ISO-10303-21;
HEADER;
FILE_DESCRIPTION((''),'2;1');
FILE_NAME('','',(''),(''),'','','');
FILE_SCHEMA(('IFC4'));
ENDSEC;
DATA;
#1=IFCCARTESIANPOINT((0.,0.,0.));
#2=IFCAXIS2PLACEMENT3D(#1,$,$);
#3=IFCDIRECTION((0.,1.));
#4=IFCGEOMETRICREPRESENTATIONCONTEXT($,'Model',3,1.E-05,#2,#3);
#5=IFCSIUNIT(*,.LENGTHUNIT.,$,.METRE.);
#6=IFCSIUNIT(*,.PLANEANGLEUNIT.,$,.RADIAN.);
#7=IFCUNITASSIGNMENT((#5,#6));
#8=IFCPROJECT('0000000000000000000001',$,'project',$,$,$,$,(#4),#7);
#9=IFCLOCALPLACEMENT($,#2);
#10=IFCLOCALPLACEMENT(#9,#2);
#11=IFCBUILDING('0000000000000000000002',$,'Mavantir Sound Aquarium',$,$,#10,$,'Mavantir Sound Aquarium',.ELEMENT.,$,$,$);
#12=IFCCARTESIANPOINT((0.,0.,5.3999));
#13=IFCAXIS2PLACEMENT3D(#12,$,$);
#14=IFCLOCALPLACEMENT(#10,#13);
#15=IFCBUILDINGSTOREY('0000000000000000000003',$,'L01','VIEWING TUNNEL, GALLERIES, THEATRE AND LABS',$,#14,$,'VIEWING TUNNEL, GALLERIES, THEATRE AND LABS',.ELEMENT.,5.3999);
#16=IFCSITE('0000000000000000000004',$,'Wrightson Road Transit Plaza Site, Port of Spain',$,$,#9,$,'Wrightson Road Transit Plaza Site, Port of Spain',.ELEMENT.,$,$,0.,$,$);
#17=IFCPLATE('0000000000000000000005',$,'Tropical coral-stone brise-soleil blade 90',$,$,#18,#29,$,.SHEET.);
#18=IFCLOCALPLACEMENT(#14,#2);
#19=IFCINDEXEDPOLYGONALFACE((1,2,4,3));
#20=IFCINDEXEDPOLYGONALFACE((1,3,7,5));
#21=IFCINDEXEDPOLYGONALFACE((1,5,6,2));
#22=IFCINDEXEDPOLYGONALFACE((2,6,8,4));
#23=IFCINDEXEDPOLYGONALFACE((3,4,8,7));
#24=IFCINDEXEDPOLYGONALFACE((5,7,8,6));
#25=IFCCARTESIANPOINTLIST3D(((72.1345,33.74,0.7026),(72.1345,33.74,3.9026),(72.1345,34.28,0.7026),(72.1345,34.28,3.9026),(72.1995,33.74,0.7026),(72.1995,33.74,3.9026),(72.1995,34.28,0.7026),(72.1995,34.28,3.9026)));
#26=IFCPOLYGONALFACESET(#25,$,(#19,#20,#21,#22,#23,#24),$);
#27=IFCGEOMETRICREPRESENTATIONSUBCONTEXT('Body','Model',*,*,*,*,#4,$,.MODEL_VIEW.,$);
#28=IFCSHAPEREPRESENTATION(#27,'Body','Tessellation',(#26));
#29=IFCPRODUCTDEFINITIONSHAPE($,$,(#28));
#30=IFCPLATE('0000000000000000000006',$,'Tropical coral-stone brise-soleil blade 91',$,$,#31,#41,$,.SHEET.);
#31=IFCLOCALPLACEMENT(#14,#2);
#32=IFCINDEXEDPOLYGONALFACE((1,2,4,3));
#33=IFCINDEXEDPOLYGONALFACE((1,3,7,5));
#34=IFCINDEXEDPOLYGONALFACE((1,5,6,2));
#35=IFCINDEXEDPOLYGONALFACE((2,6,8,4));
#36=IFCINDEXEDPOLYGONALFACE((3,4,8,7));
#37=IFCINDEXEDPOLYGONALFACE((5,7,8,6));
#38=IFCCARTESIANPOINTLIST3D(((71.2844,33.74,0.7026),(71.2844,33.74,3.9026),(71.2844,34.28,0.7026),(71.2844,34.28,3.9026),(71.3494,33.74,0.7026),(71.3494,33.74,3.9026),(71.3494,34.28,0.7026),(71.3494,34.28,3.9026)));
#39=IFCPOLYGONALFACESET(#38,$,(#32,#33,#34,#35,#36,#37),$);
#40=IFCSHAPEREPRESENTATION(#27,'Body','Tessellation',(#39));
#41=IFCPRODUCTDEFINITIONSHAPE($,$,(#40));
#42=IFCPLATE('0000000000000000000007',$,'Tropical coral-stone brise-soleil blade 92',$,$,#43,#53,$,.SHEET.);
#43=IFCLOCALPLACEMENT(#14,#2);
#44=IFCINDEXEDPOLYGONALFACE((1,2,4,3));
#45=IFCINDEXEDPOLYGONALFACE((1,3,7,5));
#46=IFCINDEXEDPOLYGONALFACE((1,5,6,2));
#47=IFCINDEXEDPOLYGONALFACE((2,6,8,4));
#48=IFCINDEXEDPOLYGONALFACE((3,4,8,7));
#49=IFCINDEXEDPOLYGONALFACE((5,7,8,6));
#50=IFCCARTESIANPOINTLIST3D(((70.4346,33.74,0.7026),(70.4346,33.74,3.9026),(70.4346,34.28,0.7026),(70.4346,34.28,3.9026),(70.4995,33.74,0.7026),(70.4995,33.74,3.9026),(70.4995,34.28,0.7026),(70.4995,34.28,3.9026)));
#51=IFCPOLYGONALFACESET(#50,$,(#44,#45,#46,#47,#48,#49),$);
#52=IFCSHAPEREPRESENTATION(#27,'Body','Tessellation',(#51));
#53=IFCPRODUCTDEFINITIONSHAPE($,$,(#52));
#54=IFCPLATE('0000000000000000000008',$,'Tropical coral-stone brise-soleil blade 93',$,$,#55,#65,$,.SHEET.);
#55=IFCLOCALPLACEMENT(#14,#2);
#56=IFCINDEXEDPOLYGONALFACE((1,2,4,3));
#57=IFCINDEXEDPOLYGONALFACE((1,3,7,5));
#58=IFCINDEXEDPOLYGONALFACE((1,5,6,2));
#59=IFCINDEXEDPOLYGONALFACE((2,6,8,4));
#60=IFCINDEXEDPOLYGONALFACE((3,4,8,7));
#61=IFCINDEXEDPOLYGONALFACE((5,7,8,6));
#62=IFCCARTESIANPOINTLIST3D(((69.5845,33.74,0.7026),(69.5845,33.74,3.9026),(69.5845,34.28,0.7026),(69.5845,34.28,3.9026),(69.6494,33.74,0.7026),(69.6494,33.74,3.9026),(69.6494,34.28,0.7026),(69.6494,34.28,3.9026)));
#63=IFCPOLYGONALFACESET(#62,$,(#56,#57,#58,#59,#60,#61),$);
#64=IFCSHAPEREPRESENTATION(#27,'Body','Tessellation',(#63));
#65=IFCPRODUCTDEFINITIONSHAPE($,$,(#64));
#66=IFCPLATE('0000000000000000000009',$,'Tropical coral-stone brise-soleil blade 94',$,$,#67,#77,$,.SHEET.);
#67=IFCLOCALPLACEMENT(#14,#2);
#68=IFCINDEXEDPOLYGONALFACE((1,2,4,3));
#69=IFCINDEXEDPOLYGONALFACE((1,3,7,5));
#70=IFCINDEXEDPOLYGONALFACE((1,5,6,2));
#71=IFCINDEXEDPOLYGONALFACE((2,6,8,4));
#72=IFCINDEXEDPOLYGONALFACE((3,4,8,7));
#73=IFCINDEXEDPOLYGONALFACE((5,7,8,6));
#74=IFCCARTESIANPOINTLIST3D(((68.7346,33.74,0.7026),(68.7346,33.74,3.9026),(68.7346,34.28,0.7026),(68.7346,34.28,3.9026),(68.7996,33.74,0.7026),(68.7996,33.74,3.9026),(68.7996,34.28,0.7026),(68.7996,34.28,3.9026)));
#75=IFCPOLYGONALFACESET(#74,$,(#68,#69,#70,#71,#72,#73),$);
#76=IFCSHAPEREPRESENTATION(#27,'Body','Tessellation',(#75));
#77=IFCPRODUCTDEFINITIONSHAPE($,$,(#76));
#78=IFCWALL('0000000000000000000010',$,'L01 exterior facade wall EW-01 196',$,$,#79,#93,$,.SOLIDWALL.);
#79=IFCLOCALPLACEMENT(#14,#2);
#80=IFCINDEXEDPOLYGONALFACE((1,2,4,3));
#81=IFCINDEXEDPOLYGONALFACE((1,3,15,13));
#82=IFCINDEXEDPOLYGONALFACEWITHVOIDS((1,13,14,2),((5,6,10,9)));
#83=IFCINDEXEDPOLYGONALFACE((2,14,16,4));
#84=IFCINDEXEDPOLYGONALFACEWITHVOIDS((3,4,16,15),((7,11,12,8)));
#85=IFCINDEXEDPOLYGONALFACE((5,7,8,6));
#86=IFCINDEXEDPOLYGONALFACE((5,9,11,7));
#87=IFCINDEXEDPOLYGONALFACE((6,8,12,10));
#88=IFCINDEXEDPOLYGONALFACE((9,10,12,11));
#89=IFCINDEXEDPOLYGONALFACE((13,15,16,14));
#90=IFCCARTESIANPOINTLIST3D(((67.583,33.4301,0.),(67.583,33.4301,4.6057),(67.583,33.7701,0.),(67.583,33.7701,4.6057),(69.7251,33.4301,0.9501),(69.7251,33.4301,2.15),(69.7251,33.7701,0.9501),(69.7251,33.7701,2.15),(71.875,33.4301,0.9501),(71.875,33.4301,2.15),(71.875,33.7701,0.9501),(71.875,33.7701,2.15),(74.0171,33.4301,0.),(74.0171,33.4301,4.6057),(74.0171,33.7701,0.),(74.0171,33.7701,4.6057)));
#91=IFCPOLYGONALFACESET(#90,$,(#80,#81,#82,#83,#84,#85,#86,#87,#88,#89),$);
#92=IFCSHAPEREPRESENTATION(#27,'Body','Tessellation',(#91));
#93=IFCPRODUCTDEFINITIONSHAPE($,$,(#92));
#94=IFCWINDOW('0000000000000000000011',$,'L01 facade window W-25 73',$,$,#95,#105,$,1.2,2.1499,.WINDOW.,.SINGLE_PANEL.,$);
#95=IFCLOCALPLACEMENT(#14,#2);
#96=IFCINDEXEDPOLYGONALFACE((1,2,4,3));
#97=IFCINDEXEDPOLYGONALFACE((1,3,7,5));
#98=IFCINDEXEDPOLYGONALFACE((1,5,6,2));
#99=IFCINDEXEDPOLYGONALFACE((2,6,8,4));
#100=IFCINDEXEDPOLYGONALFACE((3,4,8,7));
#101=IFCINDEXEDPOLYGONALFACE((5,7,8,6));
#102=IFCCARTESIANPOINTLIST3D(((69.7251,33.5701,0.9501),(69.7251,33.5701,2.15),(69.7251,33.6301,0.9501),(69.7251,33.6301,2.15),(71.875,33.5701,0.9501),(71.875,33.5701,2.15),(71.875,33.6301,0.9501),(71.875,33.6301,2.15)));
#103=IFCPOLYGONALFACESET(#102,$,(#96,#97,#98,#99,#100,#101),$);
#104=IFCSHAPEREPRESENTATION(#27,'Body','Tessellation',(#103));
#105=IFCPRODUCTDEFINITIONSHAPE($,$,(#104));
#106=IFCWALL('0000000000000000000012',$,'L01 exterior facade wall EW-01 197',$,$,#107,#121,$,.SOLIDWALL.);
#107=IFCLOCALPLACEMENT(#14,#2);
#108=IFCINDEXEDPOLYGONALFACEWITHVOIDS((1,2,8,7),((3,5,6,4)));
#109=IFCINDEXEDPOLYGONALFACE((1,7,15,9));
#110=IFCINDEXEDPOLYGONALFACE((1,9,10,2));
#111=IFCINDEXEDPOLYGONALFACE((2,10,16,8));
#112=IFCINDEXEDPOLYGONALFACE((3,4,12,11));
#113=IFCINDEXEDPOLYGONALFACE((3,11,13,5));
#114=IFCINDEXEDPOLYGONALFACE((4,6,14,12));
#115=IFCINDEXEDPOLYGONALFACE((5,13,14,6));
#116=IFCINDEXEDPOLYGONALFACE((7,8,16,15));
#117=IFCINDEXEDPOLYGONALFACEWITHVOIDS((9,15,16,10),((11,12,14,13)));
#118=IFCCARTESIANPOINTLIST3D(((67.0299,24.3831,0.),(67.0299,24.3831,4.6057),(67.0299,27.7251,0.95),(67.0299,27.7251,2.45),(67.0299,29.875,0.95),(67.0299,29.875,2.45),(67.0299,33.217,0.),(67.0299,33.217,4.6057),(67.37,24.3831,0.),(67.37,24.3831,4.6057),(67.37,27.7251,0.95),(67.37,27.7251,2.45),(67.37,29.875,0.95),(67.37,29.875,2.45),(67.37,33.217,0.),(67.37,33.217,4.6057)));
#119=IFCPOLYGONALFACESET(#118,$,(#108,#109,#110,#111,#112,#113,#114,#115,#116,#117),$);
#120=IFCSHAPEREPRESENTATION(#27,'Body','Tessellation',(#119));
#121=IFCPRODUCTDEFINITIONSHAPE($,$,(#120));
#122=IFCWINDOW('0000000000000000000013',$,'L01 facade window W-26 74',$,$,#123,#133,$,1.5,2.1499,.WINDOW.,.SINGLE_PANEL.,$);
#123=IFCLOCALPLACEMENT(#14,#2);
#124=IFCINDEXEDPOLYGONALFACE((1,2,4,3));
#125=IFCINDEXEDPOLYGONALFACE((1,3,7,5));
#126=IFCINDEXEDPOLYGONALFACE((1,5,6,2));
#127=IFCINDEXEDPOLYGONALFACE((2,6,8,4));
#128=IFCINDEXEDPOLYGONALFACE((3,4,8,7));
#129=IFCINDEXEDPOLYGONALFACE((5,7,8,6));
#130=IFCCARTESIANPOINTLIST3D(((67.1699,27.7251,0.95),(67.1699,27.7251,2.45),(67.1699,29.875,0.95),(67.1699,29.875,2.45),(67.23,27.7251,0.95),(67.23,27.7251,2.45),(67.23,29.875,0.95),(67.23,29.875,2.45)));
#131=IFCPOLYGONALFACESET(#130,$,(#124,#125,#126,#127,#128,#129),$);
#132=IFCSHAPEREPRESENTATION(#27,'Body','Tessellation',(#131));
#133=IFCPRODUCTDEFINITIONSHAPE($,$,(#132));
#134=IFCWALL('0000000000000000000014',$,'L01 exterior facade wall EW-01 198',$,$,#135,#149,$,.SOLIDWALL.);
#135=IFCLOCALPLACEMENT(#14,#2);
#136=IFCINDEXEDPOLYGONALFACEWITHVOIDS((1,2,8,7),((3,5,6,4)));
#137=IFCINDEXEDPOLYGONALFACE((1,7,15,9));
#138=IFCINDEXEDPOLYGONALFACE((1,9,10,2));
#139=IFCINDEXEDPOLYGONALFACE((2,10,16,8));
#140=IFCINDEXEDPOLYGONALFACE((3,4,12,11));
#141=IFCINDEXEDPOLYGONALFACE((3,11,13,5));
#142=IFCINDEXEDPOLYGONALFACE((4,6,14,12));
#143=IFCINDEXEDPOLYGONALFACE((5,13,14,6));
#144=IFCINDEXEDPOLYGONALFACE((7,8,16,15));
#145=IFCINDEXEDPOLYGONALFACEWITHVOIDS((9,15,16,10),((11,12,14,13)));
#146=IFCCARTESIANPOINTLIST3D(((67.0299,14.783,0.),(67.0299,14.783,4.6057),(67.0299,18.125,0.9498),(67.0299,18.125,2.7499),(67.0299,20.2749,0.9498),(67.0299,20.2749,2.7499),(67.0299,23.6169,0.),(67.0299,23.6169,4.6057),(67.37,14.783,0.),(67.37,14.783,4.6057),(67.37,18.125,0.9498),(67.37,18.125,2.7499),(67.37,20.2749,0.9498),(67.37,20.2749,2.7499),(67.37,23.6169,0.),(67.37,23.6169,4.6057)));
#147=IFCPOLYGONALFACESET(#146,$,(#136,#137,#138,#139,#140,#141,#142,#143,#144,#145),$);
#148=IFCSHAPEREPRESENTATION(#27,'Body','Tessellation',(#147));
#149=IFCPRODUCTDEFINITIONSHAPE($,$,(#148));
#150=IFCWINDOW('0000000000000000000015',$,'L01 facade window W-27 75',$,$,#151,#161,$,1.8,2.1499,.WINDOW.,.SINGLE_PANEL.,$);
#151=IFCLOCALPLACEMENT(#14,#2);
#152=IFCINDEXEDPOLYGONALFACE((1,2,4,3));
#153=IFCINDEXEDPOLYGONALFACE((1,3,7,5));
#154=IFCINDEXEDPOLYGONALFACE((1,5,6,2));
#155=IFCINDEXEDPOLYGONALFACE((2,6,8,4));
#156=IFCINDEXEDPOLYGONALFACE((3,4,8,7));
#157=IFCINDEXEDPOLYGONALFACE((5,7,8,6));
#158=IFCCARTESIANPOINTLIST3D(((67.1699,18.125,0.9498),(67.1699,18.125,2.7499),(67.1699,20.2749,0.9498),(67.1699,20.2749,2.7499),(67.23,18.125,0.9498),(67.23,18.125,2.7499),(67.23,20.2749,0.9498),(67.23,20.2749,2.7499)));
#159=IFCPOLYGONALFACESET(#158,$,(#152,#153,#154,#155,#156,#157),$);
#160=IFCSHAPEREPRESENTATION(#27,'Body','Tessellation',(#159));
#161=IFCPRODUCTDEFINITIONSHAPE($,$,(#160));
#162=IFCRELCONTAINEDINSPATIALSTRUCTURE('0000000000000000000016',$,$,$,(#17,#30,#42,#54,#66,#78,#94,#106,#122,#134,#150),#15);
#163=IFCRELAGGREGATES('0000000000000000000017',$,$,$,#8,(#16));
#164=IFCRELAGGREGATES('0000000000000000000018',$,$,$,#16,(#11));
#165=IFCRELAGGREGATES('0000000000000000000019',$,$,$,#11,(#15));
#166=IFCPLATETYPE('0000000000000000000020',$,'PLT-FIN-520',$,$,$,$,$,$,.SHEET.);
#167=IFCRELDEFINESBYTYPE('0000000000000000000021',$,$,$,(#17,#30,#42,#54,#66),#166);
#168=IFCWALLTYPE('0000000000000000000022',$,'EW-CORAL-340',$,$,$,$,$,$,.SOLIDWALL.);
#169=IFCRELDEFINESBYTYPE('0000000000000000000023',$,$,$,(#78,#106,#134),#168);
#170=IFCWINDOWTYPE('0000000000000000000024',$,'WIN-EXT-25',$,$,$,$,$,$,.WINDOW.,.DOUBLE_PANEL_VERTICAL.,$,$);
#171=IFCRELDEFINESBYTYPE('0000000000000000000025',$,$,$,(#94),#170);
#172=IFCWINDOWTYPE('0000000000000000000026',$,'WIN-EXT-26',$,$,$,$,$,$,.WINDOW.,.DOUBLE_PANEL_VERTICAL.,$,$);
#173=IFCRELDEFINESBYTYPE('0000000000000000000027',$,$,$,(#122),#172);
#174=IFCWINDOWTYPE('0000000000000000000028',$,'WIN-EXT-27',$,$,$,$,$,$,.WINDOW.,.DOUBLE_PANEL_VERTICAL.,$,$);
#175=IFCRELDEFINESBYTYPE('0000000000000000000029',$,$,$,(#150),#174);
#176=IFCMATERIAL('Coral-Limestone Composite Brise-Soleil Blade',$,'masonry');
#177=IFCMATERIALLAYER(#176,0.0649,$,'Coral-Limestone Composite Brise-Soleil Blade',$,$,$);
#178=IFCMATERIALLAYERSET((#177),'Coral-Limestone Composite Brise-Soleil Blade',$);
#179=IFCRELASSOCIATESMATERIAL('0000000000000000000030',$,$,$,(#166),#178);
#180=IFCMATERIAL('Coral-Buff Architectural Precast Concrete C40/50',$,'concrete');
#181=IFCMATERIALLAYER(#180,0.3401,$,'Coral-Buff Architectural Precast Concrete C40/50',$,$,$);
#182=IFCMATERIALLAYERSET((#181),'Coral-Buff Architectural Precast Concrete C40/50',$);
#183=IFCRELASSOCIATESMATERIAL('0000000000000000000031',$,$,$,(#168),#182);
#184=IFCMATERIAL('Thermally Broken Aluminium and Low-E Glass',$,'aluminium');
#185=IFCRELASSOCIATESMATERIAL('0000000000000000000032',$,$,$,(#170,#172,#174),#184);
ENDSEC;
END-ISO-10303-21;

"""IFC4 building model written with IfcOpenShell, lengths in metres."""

from ifc_helpers import new_model, si_unit, direction, frame, frame_2d, origin, origin_2d, place, context, subcontext, project, spatial, rectangle, extrude, material, layer, layer_set, type_object, element, fill, save


model = new_model("IFC4")

# Units and contexts
model_context = context("Model", 3, precision=1e-05, world=origin(), true_north=direction((0.0, 1.0)))
body_context = subcontext(model_context, "Body", "Model", "MODEL_VIEW")
ifc_project = project(units=[si_unit("LENGTHUNIT", "METRE"), si_unit("PLANEANGLEUNIT", "RADIAN")], contexts=[model_context])

# Site, building, storey
site_placement = place(None, origin())
site = spatial("IfcSite", under=ifc_project, at=site_placement, Name="Wrightson Road Transit Plaza Site, Port of Spain", LongName="Wrightson Road Transit Plaza Site, Port of Spain", CompositionType="ELEMENT", RefElevation=0.0)
building_placement = place(site_placement, origin())
building = spatial("IfcBuilding", under=site, at=building_placement, Name="Mavantir Sound Aquarium", LongName="Mavantir Sound Aquarium", CompositionType="ELEMENT")
storey_placement = place(building_placement, frame((0.0, 0.0, 5.3999)))
storey = spatial("IfcBuildingStorey", under=building, at=storey_placement, Name="L01", Description="VIEWING TUNNEL, GALLERIES, THEATRE AND LABS", LongName="VIEWING TUNNEL, GALLERIES, THEATRE AND LABS", CompositionType="ELEMENT", Elevation=5.3999)

# Plates
ifc_material_1 = material(Name="Coral-Limestone Composite Brise-Soleil Blade", Category="masonry")
ifc_layer_1 = layer(ifc_material_1, 0.0649, Name="Coral-Limestone Composite Brise-Soleil Blade")
ifc_layer_set_1 = layer_set([ifc_layer_1], Name="Coral-Limestone Composite Brise-Soleil Blade")
plate_type_1 = type_object("IfcPlateType", Name="PLT-FIN-520", PredefinedType="SHEET", material=ifc_layer_set_1)
for number, where, z_axis, x_axis, name in (
    (1, (72.167, 34.01, 0.7026), (0.0, 0.0, 1.0), (1.0, 0.0, 0.0), "Tropical coral-stone brise-soleil blade 90"),
    (2, (71.3169, 34.01, 0.7026), (0.0, 0.0, 1.0), (1.0, 0.0, 0.0), "Tropical coral-stone brise-soleil blade 91"),
    (3, (70.467, 34.01, 0.7026), (0.0, 0.0, 1.0), (1.0, 0.0, 0.0), "Tropical coral-stone brise-soleil blade 92"),
    (4, (69.6169, 34.01, 0.7026), (0.0, 0.0, 1.0), (1.0, 0.0, 0.0), "Tropical coral-stone brise-soleil blade 93"),
    (5, (68.7671, 34.01, 0.7026), (0.0, 0.0, 1.0), (1.0, 0.0, 0.0), "Tropical coral-stone brise-soleil blade 94"),
):
    element("IfcPlate", number, at=place(storey_placement, frame(where, z_axis=z_axis, x_axis=x_axis)), inside=storey, type_object=plate_type_1, Name=name, PredefinedType="SHEET", context=body_context, shape_type="SweptSolid", body=[
        extrude(rectangle(XDim=0.0649, YDim=0.54, at=origin_2d()), origin(), (0.0, 0.0, 1.0), 3.2),
    ])

# Walls, openings, windows
ifc_material_2 = material(Name="Coral-Buff Architectural Precast Concrete C40/50", Category="concrete")
ifc_layer_2 = layer(ifc_material_2, 0.3401, Name="Coral-Buff Architectural Precast Concrete C40/50")
ifc_layer_set_2 = layer_set([ifc_layer_2], Name="Coral-Buff Architectural Precast Concrete C40/50")
wall_type = type_object("IfcWallType", Name="EW-CORAL-340", PredefinedType="SOLIDWALL", material=ifc_layer_set_2)
wall_1_placement = place(storey_placement, frame((74.0171, 33.6001, 0.0), z_axis=(0.0, 0.0, 1.0), x_axis=(-1.0, 0.0, 0.0)))
wall_1 = element("IfcWall", 6, at=wall_1_placement, inside=storey, type_object=wall_type, Name="L01 exterior facade wall EW-01 196", PredefinedType="SOLIDWALL", context=body_context, shape_type="SweptSolid", body=[
    extrude(rectangle(XDim=6.4341, YDim=0.3401, at=frame_2d((3.217, 0.0))), origin(), (0.0, 0.0, 1.0), 4.6057),
])
opening_1_placement = place(wall_1_placement, frame((2.1421, 0.0, 0.95)))
opening_1 = element("IfcOpeningElement", 7, at=opening_1_placement, cuts=wall_1, PredefinedType="OPENING", context=body_context, shape_type="SweptSolid", body=[
    extrude(rectangle(XDim=2.1499, YDim=1.2, at=frame_2d((1.075, 0.6001))), frame((0.0, 0.1802, 0.0), z_axis=(0.0, -1.0, 0.0), x_axis=(1.0, 0.0, 0.0)), (0.0, 0.0, 1.0), 0.3601),
])
ifc_material_3 = material(Name="Thermally Broken Aluminium and Low-E Glass", Category="aluminium")
window_type_1 = type_object("IfcWindowType", Name="WIN-EXT-25", PartitioningType="DOUBLE_PANEL_VERTICAL", PredefinedType="WINDOW", material=ifc_material_3)
window_1_placement = place(opening_1_placement, origin())
window_1 = element("IfcWindow", 8, at=window_1_placement, inside=storey, type_object=window_type_1, Name="L01 facade window W-25 73", OverallHeight=1.2, OverallWidth=2.1499, PartitioningType="SINGLE_PANEL", PredefinedType="WINDOW", context=body_context, shape_type="SweptSolid", body=[
    extrude(rectangle(XDim=2.1499, YDim=1.2, at=frame_2d((1.075, 0.6001))), frame((0.0, 0.03, 0.0), z_axis=(0.0, -1.0, 0.0), x_axis=(1.0, 0.0, 0.0)), (0.0, 0.0, 1.0), 0.0601),
])
fill(opening_1, window_1)
wall_2_placement = place(storey_placement, frame((67.2, 33.217, 0.0), z_axis=(0.0, 0.0, 1.0), x_axis=(0.0, -1.0, 0.0)))
wall_2 = element("IfcWall", 9, at=wall_2_placement, inside=storey, type_object=wall_type, Name="L01 exterior facade wall EW-01 197", PredefinedType="SOLIDWALL", context=body_context, shape_type="SweptSolid", body=[
    extrude(rectangle(XDim=8.834, YDim=0.3401, at=frame_2d((4.417, 0.0))), origin(), (0.0, 0.0, 1.0), 4.6057),
])
opening_2_placement = place(wall_2_placement, frame((3.342, 0.0, 0.95)))
opening_2 = element("IfcOpeningElement", 10, at=opening_2_placement, cuts=wall_2, PredefinedType="OPENING", context=body_context, shape_type="SweptSolid", body=[
    extrude(rectangle(XDim=2.1499, YDim=1.5, at=frame_2d((1.075, 0.75))), frame((0.0, 0.1802, 0.0), z_axis=(0.0, -1.0, 0.0), x_axis=(1.0, 0.0, 0.0)), (0.0, 0.0, 1.0), 0.3601),
])
window_type_2 = type_object("IfcWindowType", Name="WIN-EXT-26", PartitioningType="DOUBLE_PANEL_VERTICAL", PredefinedType="WINDOW", material=ifc_material_3)
window_2_placement = place(opening_2_placement, origin())
window_2 = element("IfcWindow", 11, at=window_2_placement, inside=storey, type_object=window_type_2, Name="L01 facade window W-26 74", OverallHeight=1.5, OverallWidth=2.1499, PartitioningType="SINGLE_PANEL", PredefinedType="WINDOW", context=body_context, shape_type="SweptSolid", body=[
    extrude(rectangle(XDim=2.1499, YDim=1.5, at=frame_2d((1.075, 0.75))), frame((0.0, 0.03, 0.0), z_axis=(0.0, -1.0, 0.0), x_axis=(1.0, 0.0, 0.0)), (0.0, 0.0, 1.0), 0.0601),
])
fill(opening_2, window_2)
wall_3_placement = place(storey_placement, frame((67.2, 23.6169, 0.0), z_axis=(0.0, 0.0, 1.0), x_axis=(0.0, -1.0, 0.0)))
wall_3 = element("IfcWall", 12, at=wall_3_placement, inside=storey, type_object=wall_type, Name="L01 exterior facade wall EW-01 198", PredefinedType="SOLIDWALL", context=body_context, shape_type="SweptSolid", body=[
    extrude(rectangle(XDim=8.834, YDim=0.3401, at=frame_2d((4.417, 0.0))), origin(), (0.0, 0.0, 1.0), 4.6057),
])
opening_3_placement = place(wall_3_placement, frame((3.342, 0.0, 0.95)))
opening_3 = element("IfcOpeningElement", 13, at=opening_3_placement, cuts=wall_3, PredefinedType="OPENING", context=body_context, shape_type="SweptSolid", body=[
    extrude(rectangle(XDim=2.1499, YDim=1.8, at=frame_2d((1.075, 0.8999))), frame((0.0, 0.1802, 0.0), z_axis=(0.0, -1.0, 0.0), x_axis=(1.0, 0.0, 0.0)), (0.0, 0.0, 1.0), 0.3601),
])
window_type_3 = type_object("IfcWindowType", Name="WIN-EXT-27", PartitioningType="DOUBLE_PANEL_VERTICAL", PredefinedType="WINDOW", material=ifc_material_3)
window_3_placement = place(opening_3_placement, origin())
window_3 = element("IfcWindow", 14, at=window_3_placement, inside=storey, type_object=window_type_3, Name="L01 facade window W-27 75", OverallHeight=1.8, OverallWidth=2.1499, PartitioningType="SINGLE_PANEL", PredefinedType="WINDOW", context=body_context, shape_type="SweptSolid", body=[
    extrude(rectangle(XDim=2.1499, YDim=1.8, at=frame_2d((1.075, 0.8999))), frame((0.0, 0.03, 0.0), z_axis=(0.0, -1.0, 0.0), x_axis=(1.0, 0.0, 0.0)), (0.0, 0.0, 1.0), 0.0601),
])
fill(opening_3, window_3)

save(model, "model.ifc")
